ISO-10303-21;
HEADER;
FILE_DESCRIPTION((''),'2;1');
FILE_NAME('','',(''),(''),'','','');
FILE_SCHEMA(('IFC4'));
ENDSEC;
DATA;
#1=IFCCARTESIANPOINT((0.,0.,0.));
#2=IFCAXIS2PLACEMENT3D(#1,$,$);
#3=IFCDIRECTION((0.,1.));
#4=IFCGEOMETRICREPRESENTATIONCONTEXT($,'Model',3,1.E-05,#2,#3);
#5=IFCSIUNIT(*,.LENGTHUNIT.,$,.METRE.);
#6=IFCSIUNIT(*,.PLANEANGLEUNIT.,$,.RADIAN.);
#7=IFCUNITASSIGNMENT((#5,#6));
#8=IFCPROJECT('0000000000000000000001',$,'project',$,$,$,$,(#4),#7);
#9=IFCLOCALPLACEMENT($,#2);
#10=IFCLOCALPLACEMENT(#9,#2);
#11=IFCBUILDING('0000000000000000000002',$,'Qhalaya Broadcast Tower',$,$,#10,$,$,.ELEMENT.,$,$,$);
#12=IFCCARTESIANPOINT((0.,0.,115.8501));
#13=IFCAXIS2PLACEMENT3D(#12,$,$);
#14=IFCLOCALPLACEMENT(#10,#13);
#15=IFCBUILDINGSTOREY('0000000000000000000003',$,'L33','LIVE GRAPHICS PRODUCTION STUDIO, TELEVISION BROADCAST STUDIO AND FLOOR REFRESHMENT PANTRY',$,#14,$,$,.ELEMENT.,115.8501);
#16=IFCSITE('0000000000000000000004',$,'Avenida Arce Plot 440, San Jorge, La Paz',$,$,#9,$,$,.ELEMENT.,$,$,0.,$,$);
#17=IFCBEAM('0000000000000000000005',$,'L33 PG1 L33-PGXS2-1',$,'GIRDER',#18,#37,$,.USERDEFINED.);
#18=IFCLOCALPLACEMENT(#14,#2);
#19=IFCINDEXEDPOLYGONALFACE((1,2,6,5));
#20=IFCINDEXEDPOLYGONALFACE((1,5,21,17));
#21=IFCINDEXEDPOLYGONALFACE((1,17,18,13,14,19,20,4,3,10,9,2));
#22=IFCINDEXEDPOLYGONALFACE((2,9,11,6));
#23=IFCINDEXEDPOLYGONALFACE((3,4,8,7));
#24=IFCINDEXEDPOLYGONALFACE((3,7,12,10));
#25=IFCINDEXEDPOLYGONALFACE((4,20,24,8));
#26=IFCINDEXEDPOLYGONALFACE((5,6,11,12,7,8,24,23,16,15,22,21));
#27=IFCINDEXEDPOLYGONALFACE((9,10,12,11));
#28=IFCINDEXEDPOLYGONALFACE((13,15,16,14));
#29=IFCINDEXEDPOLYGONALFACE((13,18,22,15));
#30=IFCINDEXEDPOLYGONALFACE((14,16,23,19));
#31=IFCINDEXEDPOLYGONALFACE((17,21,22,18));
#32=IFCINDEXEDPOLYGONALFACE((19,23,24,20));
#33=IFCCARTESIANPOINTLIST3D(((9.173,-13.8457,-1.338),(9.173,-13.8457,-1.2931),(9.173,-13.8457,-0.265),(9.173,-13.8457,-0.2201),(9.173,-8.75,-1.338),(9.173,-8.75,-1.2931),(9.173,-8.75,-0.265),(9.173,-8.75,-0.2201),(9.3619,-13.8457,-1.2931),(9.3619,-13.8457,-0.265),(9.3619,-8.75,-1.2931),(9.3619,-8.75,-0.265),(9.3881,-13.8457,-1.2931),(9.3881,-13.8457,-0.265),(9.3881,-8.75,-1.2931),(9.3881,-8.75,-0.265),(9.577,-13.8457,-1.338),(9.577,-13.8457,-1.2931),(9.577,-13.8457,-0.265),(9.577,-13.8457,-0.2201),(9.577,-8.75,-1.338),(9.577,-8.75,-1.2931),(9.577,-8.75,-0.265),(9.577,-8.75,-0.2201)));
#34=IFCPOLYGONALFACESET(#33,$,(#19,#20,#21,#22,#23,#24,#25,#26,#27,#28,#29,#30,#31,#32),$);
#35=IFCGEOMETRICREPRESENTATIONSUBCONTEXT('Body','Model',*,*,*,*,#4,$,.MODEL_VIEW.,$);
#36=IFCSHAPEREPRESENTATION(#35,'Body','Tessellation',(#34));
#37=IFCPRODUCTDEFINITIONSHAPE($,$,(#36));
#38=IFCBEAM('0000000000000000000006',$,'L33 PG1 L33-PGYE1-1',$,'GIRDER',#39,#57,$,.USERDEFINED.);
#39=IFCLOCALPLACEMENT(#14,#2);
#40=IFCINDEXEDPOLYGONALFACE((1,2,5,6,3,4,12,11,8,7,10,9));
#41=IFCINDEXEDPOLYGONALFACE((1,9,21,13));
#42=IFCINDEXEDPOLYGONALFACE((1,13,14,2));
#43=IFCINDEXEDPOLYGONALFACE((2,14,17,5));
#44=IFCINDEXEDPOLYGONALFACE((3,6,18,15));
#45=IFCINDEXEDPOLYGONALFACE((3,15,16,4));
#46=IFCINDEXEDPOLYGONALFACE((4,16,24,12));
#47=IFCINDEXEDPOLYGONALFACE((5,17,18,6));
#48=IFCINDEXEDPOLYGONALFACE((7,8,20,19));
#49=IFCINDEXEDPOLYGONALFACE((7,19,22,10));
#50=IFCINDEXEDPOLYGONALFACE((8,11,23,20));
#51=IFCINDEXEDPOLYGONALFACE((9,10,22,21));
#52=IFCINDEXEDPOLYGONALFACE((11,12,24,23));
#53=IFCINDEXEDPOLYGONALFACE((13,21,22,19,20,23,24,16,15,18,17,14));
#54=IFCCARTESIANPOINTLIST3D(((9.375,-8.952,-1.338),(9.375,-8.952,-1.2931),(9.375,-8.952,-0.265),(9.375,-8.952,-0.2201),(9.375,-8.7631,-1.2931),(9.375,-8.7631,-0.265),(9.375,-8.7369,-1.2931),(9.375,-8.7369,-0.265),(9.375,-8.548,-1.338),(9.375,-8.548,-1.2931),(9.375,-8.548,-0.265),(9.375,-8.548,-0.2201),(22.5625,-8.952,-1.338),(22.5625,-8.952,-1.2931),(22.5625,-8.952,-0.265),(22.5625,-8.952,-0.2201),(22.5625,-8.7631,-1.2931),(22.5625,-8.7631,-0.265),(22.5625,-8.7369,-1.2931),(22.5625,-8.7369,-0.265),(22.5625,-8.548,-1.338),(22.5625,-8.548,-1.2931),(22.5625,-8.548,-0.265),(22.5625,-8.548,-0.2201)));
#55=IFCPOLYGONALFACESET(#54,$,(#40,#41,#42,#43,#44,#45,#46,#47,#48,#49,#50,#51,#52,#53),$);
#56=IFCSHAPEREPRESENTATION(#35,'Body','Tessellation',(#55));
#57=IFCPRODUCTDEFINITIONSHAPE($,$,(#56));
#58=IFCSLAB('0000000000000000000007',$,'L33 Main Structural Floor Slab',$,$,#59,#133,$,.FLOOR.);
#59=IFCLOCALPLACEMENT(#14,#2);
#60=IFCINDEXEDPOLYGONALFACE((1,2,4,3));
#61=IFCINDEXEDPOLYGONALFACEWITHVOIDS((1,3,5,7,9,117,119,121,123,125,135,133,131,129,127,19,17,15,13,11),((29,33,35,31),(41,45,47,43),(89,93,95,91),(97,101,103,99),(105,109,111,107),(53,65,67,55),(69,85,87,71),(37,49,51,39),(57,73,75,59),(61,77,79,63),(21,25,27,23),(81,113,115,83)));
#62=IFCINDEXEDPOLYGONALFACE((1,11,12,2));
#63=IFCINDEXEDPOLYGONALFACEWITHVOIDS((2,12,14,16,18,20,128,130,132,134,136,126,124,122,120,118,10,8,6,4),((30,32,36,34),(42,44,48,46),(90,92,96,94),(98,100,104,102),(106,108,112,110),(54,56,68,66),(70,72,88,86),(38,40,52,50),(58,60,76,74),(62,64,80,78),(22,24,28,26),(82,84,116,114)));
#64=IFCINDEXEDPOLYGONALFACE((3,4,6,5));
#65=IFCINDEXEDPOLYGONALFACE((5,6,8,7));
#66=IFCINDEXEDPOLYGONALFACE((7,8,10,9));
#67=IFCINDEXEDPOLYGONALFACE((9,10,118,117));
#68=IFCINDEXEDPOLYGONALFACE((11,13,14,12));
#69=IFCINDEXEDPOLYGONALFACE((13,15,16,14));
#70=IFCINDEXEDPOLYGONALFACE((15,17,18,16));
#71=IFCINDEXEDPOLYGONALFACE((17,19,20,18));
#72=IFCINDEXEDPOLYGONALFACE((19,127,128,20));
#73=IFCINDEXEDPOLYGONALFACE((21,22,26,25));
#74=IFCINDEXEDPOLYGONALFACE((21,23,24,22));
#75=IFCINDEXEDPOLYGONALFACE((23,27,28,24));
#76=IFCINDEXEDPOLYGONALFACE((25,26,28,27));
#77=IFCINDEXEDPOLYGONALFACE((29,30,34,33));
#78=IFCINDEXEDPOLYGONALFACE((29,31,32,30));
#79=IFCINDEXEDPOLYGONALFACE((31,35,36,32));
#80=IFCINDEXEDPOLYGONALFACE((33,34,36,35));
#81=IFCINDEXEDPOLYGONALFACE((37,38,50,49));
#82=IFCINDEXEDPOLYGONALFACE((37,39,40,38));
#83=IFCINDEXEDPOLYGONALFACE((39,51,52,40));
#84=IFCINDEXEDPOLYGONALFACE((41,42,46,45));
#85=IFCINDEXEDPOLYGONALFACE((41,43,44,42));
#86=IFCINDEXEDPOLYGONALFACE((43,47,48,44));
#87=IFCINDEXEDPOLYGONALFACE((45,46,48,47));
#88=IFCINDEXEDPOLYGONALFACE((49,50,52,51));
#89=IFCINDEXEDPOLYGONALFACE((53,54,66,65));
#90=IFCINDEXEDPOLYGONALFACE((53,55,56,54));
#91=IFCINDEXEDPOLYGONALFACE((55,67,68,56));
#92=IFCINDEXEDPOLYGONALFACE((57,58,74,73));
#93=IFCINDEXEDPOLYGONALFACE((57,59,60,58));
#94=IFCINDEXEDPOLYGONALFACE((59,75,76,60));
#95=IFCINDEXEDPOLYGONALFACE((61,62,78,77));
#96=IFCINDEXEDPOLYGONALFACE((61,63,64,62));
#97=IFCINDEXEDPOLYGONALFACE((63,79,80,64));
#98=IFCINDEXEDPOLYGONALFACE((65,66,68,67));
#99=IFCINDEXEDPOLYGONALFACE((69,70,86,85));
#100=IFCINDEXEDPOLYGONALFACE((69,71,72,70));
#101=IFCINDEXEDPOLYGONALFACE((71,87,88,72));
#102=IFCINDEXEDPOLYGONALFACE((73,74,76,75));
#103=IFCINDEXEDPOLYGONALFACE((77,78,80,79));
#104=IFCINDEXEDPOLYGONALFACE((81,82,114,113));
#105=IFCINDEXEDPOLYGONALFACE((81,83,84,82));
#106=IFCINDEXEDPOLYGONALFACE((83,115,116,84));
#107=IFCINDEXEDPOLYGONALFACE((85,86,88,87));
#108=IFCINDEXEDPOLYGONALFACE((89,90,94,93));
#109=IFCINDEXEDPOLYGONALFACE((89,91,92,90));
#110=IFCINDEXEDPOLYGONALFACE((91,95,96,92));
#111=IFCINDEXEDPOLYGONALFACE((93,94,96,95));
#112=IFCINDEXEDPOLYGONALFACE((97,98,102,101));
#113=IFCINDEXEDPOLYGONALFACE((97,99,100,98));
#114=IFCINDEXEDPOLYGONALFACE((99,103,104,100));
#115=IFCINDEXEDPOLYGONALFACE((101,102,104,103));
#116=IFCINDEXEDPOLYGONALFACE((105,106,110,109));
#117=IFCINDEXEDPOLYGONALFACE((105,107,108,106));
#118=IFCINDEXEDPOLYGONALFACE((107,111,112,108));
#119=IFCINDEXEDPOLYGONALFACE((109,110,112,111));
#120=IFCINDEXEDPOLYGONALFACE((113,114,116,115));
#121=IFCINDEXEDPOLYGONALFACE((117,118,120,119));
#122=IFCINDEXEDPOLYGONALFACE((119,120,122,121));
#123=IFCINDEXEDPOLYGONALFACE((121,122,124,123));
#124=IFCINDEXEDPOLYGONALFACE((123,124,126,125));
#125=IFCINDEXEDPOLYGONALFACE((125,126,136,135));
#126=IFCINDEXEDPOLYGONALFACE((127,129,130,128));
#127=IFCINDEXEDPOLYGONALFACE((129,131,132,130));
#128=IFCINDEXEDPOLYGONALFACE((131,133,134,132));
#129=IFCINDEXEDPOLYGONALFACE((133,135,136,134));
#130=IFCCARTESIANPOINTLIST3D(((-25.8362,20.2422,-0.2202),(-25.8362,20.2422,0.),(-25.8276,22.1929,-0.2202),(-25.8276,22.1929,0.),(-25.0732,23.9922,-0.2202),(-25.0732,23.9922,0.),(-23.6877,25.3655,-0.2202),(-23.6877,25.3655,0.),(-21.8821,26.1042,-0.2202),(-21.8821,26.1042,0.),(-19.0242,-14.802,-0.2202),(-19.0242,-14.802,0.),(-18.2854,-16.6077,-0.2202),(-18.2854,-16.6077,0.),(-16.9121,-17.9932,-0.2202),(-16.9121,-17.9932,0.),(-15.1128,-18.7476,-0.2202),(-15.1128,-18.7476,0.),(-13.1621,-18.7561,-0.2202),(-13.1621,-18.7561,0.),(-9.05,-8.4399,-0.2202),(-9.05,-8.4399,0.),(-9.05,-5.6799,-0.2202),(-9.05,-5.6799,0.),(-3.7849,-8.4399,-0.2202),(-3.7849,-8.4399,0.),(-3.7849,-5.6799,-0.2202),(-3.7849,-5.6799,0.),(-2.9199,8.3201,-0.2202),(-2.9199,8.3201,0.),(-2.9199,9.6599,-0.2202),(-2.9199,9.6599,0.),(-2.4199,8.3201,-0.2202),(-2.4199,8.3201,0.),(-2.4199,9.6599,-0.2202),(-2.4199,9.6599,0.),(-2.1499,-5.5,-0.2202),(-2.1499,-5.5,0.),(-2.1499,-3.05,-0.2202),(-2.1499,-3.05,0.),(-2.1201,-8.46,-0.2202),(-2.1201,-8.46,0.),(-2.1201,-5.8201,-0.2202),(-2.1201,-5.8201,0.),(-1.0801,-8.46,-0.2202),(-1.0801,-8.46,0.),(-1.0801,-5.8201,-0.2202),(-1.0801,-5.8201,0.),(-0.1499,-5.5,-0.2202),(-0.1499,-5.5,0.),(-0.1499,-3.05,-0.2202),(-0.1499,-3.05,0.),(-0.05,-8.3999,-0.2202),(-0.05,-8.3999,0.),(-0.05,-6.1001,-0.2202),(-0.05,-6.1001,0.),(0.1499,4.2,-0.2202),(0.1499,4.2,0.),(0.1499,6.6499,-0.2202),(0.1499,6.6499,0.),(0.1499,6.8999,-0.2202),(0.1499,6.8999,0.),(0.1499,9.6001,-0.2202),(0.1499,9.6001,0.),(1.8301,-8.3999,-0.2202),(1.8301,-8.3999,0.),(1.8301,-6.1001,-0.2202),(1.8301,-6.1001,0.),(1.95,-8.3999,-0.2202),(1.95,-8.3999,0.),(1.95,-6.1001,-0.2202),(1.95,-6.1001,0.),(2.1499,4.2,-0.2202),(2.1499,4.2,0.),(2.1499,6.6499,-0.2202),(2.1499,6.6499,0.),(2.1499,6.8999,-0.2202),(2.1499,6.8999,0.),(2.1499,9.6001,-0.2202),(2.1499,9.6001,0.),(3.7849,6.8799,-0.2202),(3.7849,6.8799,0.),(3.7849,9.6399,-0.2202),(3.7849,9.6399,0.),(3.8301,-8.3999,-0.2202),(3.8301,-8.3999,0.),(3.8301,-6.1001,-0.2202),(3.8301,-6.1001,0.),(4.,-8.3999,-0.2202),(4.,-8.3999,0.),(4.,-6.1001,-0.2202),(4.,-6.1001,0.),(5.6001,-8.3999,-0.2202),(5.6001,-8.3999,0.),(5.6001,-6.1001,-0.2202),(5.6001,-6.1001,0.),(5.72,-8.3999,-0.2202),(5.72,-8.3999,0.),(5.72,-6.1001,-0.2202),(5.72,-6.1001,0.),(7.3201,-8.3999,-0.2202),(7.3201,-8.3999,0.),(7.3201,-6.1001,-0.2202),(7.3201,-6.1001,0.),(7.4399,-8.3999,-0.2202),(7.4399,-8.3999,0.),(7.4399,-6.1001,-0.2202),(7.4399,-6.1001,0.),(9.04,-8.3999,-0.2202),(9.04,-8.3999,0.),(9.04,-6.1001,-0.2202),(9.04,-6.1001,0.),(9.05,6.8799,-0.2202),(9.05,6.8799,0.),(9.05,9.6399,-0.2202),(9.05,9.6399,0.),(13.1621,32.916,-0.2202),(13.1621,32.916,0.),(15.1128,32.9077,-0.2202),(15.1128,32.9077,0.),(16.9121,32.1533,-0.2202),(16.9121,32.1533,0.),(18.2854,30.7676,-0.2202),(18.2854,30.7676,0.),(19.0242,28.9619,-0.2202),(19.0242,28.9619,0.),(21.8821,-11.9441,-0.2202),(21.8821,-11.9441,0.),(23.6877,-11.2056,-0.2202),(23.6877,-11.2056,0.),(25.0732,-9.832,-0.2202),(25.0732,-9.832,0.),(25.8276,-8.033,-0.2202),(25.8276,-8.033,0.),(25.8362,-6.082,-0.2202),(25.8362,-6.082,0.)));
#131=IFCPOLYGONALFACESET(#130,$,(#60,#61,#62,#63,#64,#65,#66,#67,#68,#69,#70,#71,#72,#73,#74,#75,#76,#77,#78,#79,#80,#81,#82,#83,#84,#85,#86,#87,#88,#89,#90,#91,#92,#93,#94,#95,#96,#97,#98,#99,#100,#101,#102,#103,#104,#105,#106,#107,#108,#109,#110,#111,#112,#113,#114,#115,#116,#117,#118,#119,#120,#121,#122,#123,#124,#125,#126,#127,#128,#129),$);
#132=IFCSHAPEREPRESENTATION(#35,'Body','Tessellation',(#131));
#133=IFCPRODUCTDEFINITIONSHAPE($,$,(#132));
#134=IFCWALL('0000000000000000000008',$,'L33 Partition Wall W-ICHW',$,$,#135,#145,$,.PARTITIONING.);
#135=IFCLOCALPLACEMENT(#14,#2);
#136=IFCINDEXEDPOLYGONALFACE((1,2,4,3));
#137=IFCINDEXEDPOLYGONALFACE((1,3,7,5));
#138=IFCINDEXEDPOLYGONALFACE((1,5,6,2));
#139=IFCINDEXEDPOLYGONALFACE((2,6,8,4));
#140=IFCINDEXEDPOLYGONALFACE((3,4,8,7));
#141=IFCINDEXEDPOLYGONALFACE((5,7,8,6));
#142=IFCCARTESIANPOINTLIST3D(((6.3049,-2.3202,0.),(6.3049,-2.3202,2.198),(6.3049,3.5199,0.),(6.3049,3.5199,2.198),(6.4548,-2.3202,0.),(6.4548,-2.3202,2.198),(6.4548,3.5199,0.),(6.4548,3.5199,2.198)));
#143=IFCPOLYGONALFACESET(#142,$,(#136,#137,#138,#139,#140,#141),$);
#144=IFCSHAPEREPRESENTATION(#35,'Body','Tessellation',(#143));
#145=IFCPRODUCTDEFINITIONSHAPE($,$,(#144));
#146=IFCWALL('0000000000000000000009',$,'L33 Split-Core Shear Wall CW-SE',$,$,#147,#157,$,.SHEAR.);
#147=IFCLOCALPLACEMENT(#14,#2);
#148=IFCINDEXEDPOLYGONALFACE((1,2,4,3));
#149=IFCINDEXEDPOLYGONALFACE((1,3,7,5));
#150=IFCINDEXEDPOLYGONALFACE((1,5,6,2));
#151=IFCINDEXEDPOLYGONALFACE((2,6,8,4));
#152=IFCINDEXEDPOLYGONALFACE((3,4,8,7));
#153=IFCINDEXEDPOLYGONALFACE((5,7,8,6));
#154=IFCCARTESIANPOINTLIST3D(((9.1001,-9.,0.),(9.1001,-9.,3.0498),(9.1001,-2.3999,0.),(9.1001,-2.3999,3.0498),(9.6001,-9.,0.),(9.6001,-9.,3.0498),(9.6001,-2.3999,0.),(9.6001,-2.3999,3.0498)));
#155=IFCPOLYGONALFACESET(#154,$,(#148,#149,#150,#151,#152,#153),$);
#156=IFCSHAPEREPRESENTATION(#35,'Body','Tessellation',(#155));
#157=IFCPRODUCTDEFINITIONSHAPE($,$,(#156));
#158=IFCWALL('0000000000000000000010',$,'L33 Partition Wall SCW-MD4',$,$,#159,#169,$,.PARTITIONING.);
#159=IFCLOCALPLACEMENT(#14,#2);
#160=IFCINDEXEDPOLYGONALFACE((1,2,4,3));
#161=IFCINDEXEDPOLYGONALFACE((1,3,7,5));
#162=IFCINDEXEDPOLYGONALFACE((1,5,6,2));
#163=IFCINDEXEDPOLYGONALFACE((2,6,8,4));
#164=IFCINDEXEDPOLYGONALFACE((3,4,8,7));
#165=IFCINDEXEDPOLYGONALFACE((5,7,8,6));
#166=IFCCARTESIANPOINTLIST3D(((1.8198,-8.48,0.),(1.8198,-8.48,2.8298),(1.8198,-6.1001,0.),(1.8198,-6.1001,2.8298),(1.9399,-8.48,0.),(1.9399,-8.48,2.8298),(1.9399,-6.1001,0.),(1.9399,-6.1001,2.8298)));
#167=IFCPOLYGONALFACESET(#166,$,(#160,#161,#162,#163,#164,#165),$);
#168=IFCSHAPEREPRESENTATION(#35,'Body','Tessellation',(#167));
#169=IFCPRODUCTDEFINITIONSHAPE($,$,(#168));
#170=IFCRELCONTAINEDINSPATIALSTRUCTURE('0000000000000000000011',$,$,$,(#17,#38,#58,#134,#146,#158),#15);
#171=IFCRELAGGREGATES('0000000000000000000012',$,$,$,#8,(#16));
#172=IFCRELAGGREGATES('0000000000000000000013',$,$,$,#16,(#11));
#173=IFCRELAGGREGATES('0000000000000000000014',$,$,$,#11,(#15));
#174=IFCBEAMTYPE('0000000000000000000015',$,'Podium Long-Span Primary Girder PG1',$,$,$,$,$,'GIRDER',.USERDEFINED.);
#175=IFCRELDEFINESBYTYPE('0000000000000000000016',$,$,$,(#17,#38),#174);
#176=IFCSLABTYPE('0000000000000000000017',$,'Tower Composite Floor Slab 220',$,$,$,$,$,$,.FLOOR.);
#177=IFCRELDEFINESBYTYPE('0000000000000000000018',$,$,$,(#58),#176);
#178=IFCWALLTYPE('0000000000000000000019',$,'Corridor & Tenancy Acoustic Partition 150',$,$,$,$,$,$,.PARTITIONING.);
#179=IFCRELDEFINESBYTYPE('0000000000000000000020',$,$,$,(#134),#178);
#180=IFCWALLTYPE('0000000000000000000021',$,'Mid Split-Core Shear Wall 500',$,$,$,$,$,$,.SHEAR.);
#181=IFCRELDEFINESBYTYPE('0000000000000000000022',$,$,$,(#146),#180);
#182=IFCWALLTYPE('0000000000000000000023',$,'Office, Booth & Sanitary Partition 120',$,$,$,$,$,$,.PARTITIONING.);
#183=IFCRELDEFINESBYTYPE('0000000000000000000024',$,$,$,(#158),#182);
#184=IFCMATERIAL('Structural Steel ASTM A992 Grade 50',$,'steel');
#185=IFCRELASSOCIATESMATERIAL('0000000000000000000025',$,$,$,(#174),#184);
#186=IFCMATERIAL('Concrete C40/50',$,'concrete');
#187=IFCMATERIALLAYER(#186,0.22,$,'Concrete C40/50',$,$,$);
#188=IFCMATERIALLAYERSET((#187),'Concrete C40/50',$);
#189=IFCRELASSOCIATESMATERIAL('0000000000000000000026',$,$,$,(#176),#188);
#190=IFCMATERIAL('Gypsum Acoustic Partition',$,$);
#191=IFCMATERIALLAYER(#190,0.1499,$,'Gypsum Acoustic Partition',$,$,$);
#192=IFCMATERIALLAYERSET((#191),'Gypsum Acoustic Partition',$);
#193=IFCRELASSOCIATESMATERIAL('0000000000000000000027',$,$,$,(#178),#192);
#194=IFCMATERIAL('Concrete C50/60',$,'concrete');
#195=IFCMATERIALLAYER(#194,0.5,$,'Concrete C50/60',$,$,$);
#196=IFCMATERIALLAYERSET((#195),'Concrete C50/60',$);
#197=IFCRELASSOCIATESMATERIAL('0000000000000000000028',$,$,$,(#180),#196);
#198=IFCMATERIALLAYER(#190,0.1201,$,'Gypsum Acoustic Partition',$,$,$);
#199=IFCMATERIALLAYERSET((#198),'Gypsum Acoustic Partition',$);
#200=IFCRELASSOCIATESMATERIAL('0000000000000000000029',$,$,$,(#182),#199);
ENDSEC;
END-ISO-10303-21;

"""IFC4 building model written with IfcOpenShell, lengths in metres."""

from ifc_helpers import new_model, si_unit, direction, frame, frame_2d, origin, origin_2d, place, context, subcontext, project, spatial, polyline, rectangle, i_section, outline, extrude, material, layer, layer_set, material_profile, profile_set, type_object, element, save


model = new_model("IFC4")

# Units and contexts
model_context = context("Model", 3, precision=1e-05, world=origin(), true_north=direction((0.0, 1.0)))
body_context = subcontext(model_context, "Body", "Model", "MODEL_VIEW")
ifc_project = project(units=[si_unit("LENGTHUNIT", "METRE"), si_unit("PLANEANGLEUNIT", "RADIAN")], contexts=[model_context])

# Site, building, storey
site_placement = place(None, origin())
site = spatial("IfcSite", under=ifc_project, at=site_placement, Name="Avenida Arce Plot 440, San Jorge, La Paz", CompositionType="ELEMENT", RefElevation=0.0)
building_placement = place(site_placement, origin())
building = spatial("IfcBuilding", under=site, at=building_placement, Name="Qhalaya Broadcast Tower", CompositionType="ELEMENT")
storey_placement = place(building_placement, frame((0.0, 0.0, 115.8501)))
storey = spatial("IfcBuildingStorey", under=building, at=storey_placement, Name="L33", Description="LIVE GRAPHICS PRODUCTION STUDIO, TELEVISION BROADCAST STUDIO AND FLOOR REFRESHMENT PANTRY", CompositionType="ELEMENT", Elevation=115.8501)

# Shared definitions
ifc_material_1 = material(Name="Concrete C50/60", Category="concrete")

# Beams
ifc_material_2 = material(Name="Structural Steel ASTM A992 Grade 50", Category="steel")
ifc_material_profile_1 = material_profile(ifc_material_2, i_section(OverallWidth=0.4041, OverallDepth=1.1179, WebThickness=0.0261, FlangeThickness=0.0449, at=origin_2d()), Name="W44X335")
ifc_profile_set_1 = profile_set([ifc_material_profile_1], Name="Structural Steel ASTM A992 Grade 50")
beam_type_1 = type_object("IfcBeamType", Name="Podium Long-Span Primary Girder PG1", ElementType="GIRDER", PredefinedType="USERDEFINED", material=ifc_profile_set_1)
beam_1_placement = place(storey_placement, frame((9.375, -13.8457, -0.7791), z_axis=(0.0, 1.0, 0.0), x_axis=(-1.0, 0.0, 0.0)))
element("IfcBeam", 1, at=beam_1_placement, inside=storey, type_object=beam_type_1, Name="L33 PG1 L33-PGXS2-1", ObjectType="GIRDER", PredefinedType="USERDEFINED", context=body_context, shape_type="SweptSolid", body=[
    extrude(i_section(OverallWidth=0.4041, OverallDepth=1.1179, WebThickness=0.0261, FlangeThickness=0.0449, at=origin_2d()), origin(), (0.0, 0.0, 1.0), 5.0957),
])
beam_2_placement = place(storey_placement, frame((9.375, -8.75, -0.7791), z_axis=(1.0, 0.0, 0.0), x_axis=(0.0, 1.0, 0.0)))
element("IfcBeam", 2, at=beam_2_placement, inside=storey, type_object=beam_type_1, Name="L33 PG1 L33-PGYE1-1", ObjectType="GIRDER", PredefinedType="USERDEFINED", context=body_context, shape_type="SweptSolid", body=[
    extrude(i_section(OverallWidth=0.4041, OverallDepth=1.1179, WebThickness=0.0261, FlangeThickness=0.0449, at=origin_2d()), origin(), (0.0, 0.0, 1.0), 13.1875),
])

# Slab
ifc_material_3 = material(Name="Concrete C40/50", Category="concrete")
ifc_layer_1 = layer(ifc_material_3, 0.22, Name="Concrete C40/50")
ifc_layer_set_1 = layer_set([ifc_layer_1], Name="Concrete C40/50")
slab_type = type_object("IfcSlabType", Name="Tower Composite Floor Slab 220", PredefinedType="FLOOR", material=ifc_layer_set_1)
slab_placement = place(storey_placement, frame((0.0, 0.0, -0.2202)))
element("IfcSlab", 3, at=slab_placement, inside=storey, type_object=slab_type, Name="L33 Main Structural Floor Slab", PredefinedType="FLOOR", context=body_context, shape_type="SweptSolid", body=[
    extrude(outline(polyline([(21.8821, -11.9441), (23.6877, -11.2056), (25.0732, -9.832), (25.8276, -8.033), (25.8362, -6.082), (19.0242, 28.9619), (18.2854, 30.7676), (16.9121, 32.1533), (15.1128, 32.9077), (13.1621, 32.916), (-21.8821, 26.1042), (-23.6877, 25.3655), (-25.0732, 23.9922), (-25.8276, 22.1929), (-25.8362, 20.2422), (-19.0242, -14.802), (-18.2854, -16.6077), (-16.9121, -17.9932), (-15.1128, -18.7476), (-13.1621, -18.7561), (21.8821, -11.9441)]), holes=[polyline([(3.7849, 9.6399), (9.05, 9.6399), (9.05, 6.8799), (3.7849, 6.8799), (3.7849, 9.6399)]), polyline([(-3.7849, -8.4399), (-9.05, -8.4399), (-9.05, -5.6799), (-3.7849, -5.6799), (-3.7849, -8.4399)]), polyline([(0.1499, 6.6499), (2.1499, 6.6499), (2.1499, 4.2), (0.1499, 4.2), (0.1499, 6.6499)]), polyline([(0.1499, 9.6001), (2.1499, 9.6001), (2.1499, 6.8999), (0.1499, 6.8999), (0.1499, 9.6001)]), polyline([(-2.1499, -3.05), (-0.1499, -3.05), (-0.1499, -5.5), (-2.1499, -5.5), (-2.1499, -3.05)]), polyline([(-0.05, -6.1001), (1.8301, -6.1001), (1.8301, -8.3999), (-0.05, -8.3999), (-0.05, -6.1001)]), polyline([(1.95, -6.1001), (3.8301, -6.1001), (3.8301, -8.3999), (1.95, -8.3999), (1.95, -6.1001)]), polyline([(4.0, -6.1001), (5.6001, -6.1001), (5.6001, -8.3999), (4.0, -8.3999), (4.0, -6.1001)]), polyline([(5.72, -6.1001), (7.3201, -6.1001), (7.3201, -8.3999), (5.72, -8.3999), (5.72, -6.1001)]), polyline([(7.4399, -6.1001), (9.04, -6.1001), (9.04, -8.3999), (7.4399, -8.3999), (7.4399, -6.1001)]), polyline([(-2.9199, 9.6599), (-2.4199, 9.6599), (-2.4199, 8.3201), (-2.9199, 8.3201), (-2.9199, 9.6599)]), polyline([(-2.1201, -5.8201), (-1.0801, -5.8201), (-1.0801, -8.46), (-2.1201, -8.46), (-2.1201, -5.8201)])]), origin(), (0.0, 0.0, 1.0), 0.2202),
])

# Walls
ifc_material_4 = material(Name="Gypsum Acoustic Partition")
ifc_layer_2 = layer(ifc_material_4, 0.1499, Name="Gypsum Acoustic Partition")
ifc_layer_set_2 = layer_set([ifc_layer_2], Name="Gypsum Acoustic Partition")
wall_type_1 = type_object("IfcWallType", Name="Corridor & Tenancy Acoustic Partition 150", PredefinedType="PARTITIONING", material=ifc_layer_set_2)
wall_1_placement = place(storey_placement, frame((6.3799, -2.3201, 0.0), z_axis=(0.0, 0.0, 1.0), x_axis=(0.0, 1.0, 0.0)))
element("IfcWall", 4, at=wall_1_placement, inside=storey, type_object=wall_type_1, Name="L33 Partition Wall W-ICHW", PredefinedType="PARTITIONING", context=body_context, shape_type="SweptSolid", body=[
    extrude(rectangle(XDim=5.8401, YDim=0.1499, at=frame_2d((2.9199, 0.0))), origin(), (0.0, 0.0, 1.0), 2.198),
])
ifc_layer_3 = layer(ifc_material_1, 0.5, Name="Concrete C50/60")
ifc_layer_set_3 = layer_set([ifc_layer_3], Name="Concrete C50/60")
wall_type_2 = type_object("IfcWallType", Name="Mid Split-Core Shear Wall 500", PredefinedType="SHEAR", material=ifc_layer_set_3)
wall_2_placement = place(storey_placement, frame((9.3501, -9.0, 0.0), z_axis=(0.0, 0.0, 1.0), x_axis=(0.0, 1.0, 0.0)))
element("IfcWall", 5, at=wall_2_placement, inside=storey, type_object=wall_type_2, Name="L33 Split-Core Shear Wall CW-SE", PredefinedType="SHEAR", context=body_context, shape_type="SweptSolid", body=[
    extrude(rectangle(XDim=6.6001, YDim=0.5, at=frame_2d((3.3, 0.0))), origin(), (0.0, 0.0, 1.0), 3.0498),
])
ifc_layer_4 = layer(ifc_material_4, 0.1201, Name="Gypsum Acoustic Partition")
ifc_layer_set_4 = layer_set([ifc_layer_4], Name="Gypsum Acoustic Partition")
wall_type_3 = type_object("IfcWallType", Name="Office, Booth & Sanitary Partition 120", PredefinedType="PARTITIONING", material=ifc_layer_set_4)
for number, where, z_axis, x_axis, name in (
    (6, (1.8799, -8.48, 0.0), (0.0, 0.0, 1.0), (0.0, 1.0, 0.0), "L33 Partition Wall SCW-MD4"),
):
    element("IfcWall", number, at=place(storey_placement, frame(where, z_axis=z_axis, x_axis=x_axis)), inside=storey, type_object=wall_type_3, Name=name, PredefinedType="PARTITIONING", context=body_context, shape_type="SweptSolid", body=[
        extrude(rectangle(XDim=2.3799, YDim=0.1201, at=frame_2d((1.1899, 0.0))), origin(), (0.0, 0.0, 1.0), 2.8298),
    ])

save(model, "model.ifc")
